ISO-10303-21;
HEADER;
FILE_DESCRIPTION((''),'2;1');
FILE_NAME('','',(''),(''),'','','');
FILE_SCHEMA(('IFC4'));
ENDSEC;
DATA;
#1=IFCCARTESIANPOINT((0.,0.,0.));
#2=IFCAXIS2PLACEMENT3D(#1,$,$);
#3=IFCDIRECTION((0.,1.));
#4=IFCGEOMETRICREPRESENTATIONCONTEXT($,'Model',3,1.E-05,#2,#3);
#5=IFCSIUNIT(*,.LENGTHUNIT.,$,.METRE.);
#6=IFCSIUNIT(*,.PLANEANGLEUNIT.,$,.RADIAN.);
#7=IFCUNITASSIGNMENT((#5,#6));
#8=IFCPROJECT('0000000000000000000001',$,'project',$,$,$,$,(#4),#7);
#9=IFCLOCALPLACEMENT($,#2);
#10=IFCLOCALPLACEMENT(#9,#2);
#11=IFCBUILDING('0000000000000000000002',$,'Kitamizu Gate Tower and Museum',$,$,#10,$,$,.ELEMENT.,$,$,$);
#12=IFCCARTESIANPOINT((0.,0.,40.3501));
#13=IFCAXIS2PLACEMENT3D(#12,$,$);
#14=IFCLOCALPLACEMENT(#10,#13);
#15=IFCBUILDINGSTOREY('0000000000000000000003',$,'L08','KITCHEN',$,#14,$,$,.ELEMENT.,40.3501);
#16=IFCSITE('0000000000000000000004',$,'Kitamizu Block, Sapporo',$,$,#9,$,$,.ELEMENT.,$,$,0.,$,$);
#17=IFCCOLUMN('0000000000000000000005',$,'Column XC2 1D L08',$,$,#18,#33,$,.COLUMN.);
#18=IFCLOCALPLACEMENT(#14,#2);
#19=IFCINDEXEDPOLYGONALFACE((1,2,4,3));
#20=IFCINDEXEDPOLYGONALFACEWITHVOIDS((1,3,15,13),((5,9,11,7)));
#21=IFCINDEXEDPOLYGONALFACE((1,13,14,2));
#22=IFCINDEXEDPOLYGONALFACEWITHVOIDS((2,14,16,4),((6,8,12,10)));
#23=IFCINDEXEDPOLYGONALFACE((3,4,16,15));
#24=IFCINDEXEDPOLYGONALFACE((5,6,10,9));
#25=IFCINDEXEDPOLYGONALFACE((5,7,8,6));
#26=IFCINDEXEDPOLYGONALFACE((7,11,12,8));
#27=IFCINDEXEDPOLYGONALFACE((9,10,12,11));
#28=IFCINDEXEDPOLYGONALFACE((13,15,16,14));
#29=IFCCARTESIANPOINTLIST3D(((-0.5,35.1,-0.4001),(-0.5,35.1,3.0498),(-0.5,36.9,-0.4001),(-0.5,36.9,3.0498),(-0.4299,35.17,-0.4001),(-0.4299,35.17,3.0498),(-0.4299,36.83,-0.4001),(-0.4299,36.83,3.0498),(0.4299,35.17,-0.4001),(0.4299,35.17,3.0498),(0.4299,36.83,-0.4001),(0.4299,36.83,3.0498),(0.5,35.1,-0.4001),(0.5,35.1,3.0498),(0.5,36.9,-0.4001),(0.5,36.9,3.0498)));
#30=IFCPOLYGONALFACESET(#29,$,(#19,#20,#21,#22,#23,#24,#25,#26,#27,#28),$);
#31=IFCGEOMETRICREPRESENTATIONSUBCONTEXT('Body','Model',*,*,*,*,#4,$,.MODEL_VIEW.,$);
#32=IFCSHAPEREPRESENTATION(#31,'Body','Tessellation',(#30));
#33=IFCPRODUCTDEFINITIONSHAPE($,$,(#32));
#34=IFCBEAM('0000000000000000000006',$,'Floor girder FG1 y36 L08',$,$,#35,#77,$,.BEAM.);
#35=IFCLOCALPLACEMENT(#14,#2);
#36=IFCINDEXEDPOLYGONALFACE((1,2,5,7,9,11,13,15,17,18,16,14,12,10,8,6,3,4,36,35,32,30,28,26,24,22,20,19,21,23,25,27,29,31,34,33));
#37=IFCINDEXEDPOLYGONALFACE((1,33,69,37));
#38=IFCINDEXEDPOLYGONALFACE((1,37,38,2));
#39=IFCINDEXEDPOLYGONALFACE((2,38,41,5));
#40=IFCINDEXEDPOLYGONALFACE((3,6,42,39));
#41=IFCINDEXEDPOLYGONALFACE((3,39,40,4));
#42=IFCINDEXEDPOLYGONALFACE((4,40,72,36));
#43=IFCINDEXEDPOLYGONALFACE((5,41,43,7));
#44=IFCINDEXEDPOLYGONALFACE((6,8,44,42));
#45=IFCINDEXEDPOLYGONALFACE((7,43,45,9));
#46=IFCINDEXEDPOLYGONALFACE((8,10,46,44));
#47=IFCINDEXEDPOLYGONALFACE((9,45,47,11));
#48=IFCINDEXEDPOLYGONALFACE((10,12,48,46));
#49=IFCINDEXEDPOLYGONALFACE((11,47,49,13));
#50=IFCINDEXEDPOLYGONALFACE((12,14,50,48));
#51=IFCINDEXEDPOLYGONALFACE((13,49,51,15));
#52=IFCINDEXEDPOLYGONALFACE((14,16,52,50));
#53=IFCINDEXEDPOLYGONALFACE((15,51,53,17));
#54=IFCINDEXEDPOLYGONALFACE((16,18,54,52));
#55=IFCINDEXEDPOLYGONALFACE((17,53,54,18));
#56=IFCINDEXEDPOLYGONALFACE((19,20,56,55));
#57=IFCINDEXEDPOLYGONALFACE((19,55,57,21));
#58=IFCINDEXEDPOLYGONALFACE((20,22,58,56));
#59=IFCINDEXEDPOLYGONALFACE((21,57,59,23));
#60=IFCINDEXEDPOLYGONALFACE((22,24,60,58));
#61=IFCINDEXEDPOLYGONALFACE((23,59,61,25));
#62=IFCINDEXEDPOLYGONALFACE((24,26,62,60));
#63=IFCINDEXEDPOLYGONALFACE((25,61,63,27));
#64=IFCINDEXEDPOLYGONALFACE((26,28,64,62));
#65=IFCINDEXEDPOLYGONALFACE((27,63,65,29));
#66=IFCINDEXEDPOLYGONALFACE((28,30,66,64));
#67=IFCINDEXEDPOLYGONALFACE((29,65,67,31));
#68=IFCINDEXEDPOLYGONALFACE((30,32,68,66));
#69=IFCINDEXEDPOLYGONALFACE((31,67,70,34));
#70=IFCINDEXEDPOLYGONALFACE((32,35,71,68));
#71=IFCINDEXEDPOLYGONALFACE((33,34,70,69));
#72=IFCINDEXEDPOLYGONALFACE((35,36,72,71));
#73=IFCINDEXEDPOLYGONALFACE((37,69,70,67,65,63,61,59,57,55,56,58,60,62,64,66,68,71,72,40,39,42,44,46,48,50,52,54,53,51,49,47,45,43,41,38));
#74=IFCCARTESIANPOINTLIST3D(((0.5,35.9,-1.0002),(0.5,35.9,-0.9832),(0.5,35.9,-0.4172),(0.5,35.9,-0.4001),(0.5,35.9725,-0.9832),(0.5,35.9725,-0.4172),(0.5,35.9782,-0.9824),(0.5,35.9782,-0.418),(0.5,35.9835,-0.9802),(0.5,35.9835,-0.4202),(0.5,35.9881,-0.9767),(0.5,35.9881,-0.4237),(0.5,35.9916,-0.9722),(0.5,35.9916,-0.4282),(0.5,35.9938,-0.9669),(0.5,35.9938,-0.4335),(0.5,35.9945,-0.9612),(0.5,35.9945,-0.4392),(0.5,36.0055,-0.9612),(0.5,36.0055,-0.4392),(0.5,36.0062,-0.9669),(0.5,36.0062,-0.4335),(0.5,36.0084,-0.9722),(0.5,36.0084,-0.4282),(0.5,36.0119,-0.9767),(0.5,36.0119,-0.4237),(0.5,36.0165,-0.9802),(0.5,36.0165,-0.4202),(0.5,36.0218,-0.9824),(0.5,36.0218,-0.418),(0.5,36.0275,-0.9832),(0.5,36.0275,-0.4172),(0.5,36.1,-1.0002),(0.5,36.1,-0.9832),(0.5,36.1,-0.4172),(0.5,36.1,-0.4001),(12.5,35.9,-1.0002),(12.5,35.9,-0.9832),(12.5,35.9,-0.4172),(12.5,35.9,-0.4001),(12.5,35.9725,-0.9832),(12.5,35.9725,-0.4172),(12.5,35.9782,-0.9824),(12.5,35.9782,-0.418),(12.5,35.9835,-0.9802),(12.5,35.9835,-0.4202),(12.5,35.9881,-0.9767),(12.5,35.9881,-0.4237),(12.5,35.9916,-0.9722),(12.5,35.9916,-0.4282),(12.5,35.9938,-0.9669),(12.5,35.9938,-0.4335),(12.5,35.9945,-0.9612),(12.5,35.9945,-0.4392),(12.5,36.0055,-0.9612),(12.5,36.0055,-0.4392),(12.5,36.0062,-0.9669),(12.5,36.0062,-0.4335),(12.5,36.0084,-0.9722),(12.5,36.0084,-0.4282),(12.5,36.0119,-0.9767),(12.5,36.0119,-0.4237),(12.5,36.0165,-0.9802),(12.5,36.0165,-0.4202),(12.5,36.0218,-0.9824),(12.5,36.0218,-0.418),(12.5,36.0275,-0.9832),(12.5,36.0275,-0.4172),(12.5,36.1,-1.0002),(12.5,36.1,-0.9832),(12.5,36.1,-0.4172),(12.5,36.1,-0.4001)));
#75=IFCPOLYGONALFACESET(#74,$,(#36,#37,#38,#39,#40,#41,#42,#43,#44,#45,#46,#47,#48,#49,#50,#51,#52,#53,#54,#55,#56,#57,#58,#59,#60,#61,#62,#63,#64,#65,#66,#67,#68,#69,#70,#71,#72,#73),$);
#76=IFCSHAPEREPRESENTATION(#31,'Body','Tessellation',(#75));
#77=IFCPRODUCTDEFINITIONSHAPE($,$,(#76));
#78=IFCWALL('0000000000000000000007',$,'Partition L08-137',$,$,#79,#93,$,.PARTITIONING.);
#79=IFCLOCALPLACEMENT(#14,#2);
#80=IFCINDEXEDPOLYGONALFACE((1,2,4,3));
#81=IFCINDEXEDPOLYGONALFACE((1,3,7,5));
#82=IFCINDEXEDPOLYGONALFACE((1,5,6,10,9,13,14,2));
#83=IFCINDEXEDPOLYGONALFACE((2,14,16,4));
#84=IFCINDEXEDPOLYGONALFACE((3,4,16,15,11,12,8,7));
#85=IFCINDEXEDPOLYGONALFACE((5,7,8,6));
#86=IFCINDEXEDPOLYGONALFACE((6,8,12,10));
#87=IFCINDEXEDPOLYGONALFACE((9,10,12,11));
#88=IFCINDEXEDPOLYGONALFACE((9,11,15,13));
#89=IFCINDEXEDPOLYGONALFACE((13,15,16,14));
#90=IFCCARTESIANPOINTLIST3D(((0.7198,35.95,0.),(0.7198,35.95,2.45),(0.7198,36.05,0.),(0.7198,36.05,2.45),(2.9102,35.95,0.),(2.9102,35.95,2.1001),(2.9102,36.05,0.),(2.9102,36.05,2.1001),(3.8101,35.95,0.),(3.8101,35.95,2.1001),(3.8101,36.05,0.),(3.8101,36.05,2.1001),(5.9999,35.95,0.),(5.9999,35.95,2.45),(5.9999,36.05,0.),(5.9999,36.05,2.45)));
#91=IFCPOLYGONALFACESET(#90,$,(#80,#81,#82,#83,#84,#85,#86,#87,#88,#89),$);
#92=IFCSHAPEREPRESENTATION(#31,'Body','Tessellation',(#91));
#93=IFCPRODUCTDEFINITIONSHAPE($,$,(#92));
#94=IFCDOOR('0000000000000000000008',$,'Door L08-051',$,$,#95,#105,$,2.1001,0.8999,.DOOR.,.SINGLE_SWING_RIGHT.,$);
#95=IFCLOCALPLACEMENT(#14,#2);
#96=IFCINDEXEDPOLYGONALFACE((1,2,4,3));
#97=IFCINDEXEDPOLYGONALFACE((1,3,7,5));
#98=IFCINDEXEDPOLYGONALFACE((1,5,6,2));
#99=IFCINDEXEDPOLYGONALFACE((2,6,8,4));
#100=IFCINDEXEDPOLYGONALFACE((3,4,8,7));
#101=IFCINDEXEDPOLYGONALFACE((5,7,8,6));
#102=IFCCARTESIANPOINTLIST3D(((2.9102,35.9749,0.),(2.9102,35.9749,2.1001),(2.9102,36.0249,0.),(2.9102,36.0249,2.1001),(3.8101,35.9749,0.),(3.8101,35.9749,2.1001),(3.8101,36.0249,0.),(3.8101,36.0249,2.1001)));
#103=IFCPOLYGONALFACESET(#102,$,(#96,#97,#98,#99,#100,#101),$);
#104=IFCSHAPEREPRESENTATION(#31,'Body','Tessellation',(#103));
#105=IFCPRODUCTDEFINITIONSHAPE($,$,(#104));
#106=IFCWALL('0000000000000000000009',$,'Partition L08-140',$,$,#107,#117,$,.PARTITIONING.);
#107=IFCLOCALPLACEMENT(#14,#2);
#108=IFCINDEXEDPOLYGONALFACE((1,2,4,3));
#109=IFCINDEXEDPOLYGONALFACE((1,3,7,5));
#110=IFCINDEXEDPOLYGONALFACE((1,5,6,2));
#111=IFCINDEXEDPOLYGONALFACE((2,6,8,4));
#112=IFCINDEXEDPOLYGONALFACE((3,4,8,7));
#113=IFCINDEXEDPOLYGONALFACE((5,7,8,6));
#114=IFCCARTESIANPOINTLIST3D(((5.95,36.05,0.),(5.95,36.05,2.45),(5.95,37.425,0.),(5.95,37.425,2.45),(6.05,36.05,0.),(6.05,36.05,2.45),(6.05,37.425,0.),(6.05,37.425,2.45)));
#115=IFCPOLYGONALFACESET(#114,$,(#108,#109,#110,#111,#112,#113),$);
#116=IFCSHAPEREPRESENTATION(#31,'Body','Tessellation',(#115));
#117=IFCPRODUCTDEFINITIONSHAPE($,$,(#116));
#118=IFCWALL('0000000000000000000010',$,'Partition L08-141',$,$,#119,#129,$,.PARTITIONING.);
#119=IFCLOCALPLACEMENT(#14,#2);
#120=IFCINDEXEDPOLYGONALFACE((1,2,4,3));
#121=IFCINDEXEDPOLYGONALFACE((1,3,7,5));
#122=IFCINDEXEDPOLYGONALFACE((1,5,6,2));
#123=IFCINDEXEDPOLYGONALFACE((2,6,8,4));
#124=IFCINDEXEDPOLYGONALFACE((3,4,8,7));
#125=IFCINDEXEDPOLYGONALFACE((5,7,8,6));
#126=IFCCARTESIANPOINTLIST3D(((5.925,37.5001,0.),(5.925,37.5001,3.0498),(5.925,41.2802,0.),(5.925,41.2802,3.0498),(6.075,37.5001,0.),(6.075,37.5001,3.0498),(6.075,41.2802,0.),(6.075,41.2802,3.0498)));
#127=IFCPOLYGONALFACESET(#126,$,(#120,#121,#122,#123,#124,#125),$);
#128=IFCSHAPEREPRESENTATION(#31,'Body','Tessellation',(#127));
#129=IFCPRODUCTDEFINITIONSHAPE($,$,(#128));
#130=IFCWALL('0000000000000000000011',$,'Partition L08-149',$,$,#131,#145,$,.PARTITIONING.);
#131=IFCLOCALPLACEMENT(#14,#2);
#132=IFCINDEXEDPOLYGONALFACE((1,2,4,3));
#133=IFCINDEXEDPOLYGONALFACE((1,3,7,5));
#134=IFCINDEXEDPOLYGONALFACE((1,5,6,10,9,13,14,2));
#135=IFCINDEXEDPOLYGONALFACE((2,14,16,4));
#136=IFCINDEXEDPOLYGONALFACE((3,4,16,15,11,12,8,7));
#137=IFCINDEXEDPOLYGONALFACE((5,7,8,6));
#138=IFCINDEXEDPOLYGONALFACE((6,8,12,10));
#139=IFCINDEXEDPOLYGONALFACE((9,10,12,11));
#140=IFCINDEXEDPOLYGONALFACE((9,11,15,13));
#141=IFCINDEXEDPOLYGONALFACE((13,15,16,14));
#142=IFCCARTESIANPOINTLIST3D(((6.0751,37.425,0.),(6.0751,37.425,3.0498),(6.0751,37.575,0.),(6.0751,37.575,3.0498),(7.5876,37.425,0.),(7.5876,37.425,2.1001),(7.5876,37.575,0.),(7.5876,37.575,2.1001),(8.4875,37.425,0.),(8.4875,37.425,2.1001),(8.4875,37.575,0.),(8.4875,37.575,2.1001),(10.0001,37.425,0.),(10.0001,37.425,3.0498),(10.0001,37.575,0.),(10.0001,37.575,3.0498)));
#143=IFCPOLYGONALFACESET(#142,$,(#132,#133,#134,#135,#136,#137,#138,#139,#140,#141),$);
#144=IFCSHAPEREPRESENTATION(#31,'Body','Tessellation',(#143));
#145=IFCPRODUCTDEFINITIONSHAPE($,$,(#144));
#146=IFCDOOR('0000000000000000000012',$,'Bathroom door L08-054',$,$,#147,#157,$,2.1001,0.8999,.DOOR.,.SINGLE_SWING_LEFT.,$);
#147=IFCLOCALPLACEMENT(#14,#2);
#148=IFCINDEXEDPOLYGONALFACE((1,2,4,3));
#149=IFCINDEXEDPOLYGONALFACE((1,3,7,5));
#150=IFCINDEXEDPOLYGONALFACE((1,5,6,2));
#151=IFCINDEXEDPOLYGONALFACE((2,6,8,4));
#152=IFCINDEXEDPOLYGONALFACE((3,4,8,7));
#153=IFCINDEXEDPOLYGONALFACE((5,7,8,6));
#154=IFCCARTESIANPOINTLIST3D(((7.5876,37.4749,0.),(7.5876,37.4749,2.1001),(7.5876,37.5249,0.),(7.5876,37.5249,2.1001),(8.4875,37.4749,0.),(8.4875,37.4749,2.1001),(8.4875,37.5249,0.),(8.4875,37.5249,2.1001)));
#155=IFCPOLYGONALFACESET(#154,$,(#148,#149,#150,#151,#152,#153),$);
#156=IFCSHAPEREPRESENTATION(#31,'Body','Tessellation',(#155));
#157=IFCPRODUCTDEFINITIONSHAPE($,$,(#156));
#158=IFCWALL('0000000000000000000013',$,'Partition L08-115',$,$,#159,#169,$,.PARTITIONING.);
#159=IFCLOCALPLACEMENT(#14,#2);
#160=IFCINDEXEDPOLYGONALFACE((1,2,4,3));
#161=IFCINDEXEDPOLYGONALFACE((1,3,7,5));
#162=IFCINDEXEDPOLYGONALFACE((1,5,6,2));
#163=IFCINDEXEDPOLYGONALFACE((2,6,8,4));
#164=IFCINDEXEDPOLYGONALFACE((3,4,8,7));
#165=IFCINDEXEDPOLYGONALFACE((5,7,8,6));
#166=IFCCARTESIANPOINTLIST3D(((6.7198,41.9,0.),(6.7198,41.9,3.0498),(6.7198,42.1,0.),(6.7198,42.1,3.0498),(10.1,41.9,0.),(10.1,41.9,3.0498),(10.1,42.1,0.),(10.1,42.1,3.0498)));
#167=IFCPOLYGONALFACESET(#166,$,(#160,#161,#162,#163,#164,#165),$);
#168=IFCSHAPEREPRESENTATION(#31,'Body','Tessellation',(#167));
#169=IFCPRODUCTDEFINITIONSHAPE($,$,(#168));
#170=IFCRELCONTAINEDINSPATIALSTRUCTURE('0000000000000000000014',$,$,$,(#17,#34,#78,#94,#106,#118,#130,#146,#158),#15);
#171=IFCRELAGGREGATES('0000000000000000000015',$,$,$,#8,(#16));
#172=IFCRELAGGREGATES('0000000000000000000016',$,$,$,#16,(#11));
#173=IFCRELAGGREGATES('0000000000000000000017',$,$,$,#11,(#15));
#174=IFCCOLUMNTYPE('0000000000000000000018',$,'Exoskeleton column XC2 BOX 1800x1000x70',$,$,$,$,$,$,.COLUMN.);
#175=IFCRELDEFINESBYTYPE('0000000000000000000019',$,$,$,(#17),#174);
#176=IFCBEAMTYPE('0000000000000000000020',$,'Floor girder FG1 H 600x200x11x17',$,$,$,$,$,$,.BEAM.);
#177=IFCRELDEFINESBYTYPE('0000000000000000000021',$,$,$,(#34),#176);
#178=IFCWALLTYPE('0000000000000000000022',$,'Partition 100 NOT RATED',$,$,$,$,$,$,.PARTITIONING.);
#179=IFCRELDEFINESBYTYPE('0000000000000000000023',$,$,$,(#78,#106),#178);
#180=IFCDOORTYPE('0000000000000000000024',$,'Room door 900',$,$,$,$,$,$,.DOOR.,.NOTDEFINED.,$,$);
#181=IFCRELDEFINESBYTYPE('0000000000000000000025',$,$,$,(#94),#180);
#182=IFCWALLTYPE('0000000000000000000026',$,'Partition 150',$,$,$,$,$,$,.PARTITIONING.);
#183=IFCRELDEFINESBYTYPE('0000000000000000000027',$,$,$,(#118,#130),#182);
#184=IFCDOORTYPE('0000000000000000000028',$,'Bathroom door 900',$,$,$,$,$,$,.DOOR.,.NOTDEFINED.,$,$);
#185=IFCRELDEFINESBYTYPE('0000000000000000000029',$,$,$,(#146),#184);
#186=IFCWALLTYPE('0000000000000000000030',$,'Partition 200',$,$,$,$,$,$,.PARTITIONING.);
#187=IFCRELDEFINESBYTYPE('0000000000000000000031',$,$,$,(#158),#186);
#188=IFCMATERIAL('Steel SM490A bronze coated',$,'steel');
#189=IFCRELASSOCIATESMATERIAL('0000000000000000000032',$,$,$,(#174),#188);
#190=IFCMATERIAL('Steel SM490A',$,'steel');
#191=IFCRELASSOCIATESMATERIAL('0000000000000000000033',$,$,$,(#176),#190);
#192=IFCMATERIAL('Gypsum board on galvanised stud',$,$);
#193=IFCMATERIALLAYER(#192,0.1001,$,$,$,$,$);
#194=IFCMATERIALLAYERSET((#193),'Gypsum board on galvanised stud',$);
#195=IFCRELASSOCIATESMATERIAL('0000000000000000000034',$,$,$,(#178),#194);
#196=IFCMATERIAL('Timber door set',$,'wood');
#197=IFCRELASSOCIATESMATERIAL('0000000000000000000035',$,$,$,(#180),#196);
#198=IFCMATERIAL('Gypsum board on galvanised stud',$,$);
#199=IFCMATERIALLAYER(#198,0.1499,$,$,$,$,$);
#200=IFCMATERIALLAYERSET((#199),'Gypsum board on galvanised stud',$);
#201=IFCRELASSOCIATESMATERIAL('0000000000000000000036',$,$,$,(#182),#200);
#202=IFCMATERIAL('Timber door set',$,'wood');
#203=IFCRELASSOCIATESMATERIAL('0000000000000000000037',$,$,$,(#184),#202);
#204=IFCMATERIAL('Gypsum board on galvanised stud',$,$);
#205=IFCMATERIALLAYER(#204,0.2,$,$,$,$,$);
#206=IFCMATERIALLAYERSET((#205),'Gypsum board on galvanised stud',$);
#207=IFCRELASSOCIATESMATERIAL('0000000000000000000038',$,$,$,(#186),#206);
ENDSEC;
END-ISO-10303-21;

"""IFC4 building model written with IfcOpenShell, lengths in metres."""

from ifc_helpers import new_model, si_unit, direction, frame, frame_2d, origin, origin_2d, place, context, subcontext, project, spatial, rectangle, hollow_rectangle, i_section, extrude, material, layer, layer_set, material_profile, profile_set, type_object, element, fill, save


model = new_model("IFC4")

# Units and contexts
model_context = context("Model", 3, precision=1e-05, world=origin(), true_north=direction((0.0, 1.0)))
body_context = subcontext(model_context, "Body", "Model", "MODEL_VIEW")
ifc_project = project(units=[si_unit("LENGTHUNIT", "METRE"), si_unit("PLANEANGLEUNIT", "RADIAN")], contexts=[model_context])

# Site, building, storey
site_placement = place(None, origin())
site = spatial("IfcSite", under=ifc_project, at=site_placement, Name="Kitamizu Block, Sapporo", CompositionType="ELEMENT", RefElevation=0.0)
building_placement = place(site_placement, origin())
building = spatial("IfcBuilding", under=site, at=building_placement, Name="Kitamizu Gate Tower and Museum", CompositionType="ELEMENT")
storey_placement = place(building_placement, frame((0.0, 0.0, 40.3501)))
storey = spatial("IfcBuildingStorey", under=building, at=storey_placement, Name="L08", Description="KITCHEN", CompositionType="ELEMENT", Elevation=40.3501)

# Column
ifc_material_1 = material(Name="Steel SM490A bronze coated", Category="steel")
ifc_material_profile_1 = material_profile(ifc_material_1, hollow_rectangle(XDim=1.8, YDim=1.0, WallThickness=0.0701, at=origin_2d()), Name="BOX 1800x1000x70")
ifc_profile_set_1 = profile_set([ifc_material_profile_1], Name="Steel SM490A bronze coated")
column_type = type_object("IfcColumnType", Name="Exoskeleton column XC2 BOX 1800x1000x70", PredefinedType="COLUMN", material=ifc_profile_set_1)
column_placement = place(storey_placement, frame((0.0, 36.0, -0.4001), z_axis=(0.0, 0.0, 1.0), x_axis=(0.0, 1.0, 0.0)))
element("IfcColumn", 1, at=column_placement, inside=storey, type_object=column_type, Name="Column XC2 1D L08", PredefinedType="COLUMN", context=body_context, shape_type="SweptSolid", body=[
    extrude(hollow_rectangle(XDim=1.8, YDim=1.0, WallThickness=0.0701, at=origin_2d()), origin(), (0.0, 0.0, 1.0), 3.45),
])

# Beam
ifc_material_2 = material(Name="Steel SM490A", Category="steel")
ifc_material_profile_2 = material_profile(ifc_material_2, i_section(OverallWidth=0.2, OverallDepth=0.6001, WebThickness=0.011, FlangeThickness=0.0171, FilletRadius=0.022, at=origin_2d()), Name="H-600x200x11x17")
ifc_profile_set_2 = profile_set([ifc_material_profile_2], Name="Steel SM490A")
beam_type = type_object("IfcBeamType", Name="Floor girder FG1 H 600x200x11x17", PredefinedType="BEAM", material=ifc_profile_set_2)
beam_placement = place(storey_placement, frame((0.5, 36.0, -0.7002), z_axis=(1.0, 0.0, 0.0), x_axis=(0.0, 1.0, 0.0)))
element("IfcBeam", 2, at=beam_placement, inside=storey, type_object=beam_type, Name="Floor girder FG1 y36 L08", PredefinedType="BEAM", context=body_context, shape_type="SweptSolid", body=[
    extrude(i_section(OverallWidth=0.2, OverallDepth=0.6001, WebThickness=0.011, FlangeThickness=0.0171, FilletRadius=0.022, at=origin_2d()), origin(), (0.0, 0.0, 1.0), 12.0),
])

# Wall, opening, door
ifc_material_3 = material(Name="Gypsum board on galvanised stud")
ifc_layer_1 = layer(ifc_material_3, 0.1001)
ifc_layer_set_1 = layer_set([ifc_layer_1], Name="Gypsum board on galvanised stud")
wall_type_1 = type_object("IfcWallType", Name="Partition 100 NOT RATED", PredefinedType="PARTITIONING", material=ifc_layer_set_1)
wall_1_placement = place(storey_placement, frame((6.0, 36.0, 0.0), z_axis=(0.0, 0.0, 1.0), x_axis=(-1.0, 0.0, 0.0)))
wall_1 = element("IfcWall", 3, at=wall_1_placement, inside=storey, type_object=wall_type_1, Name="Partition L08-137", PredefinedType="PARTITIONING", context=body_context, shape_type="SweptSolid", body=[
    extrude(rectangle(XDim=5.28, YDim=0.1001, at=frame_2d((2.6401, 0.0))), origin(), (0.0, 0.0, 1.0), 2.45),
])
opening_1_placement = place(wall_1_placement, frame((2.1899, 0.0, 0.0)))
opening_1 = element("IfcOpeningElement", 4, at=opening_1_placement, cuts=wall_1, PredefinedType="OPENING", context=body_context, shape_type="SweptSolid", body=[
    extrude(rectangle(XDim=0.8999, YDim=2.1001, at=frame_2d((0.45, 1.05))), frame((0.0, 0.0601, 0.0), z_axis=(0.0, -1.0, 0.0), x_axis=(1.0, 0.0, 0.0)), (0.0, 0.0, 1.0), 0.1201),
])
ifc_material_4 = material(Name="Timber door set", Category="wood")
door_type_1 = type_object("IfcDoorType", Name="Room door 900", OperationType="NOTDEFINED", PredefinedType="DOOR", material=ifc_material_4)
door_1_placement = place(opening_1_placement, frame((0.8999, 0.0, 0.0), x_axis=(-1.0, 0.0, 0.0)))
door_1 = element("IfcDoor", 5, at=door_1_placement, inside=storey, type_object=door_type_1, Name="Door L08-051", OperationType="SINGLE_SWING_RIGHT", OverallHeight=2.1001, OverallWidth=0.8999, PredefinedType="DOOR", context=body_context, shape_type="SweptSolid", body=[
    extrude(rectangle(XDim=0.8999, YDim=2.1001, at=frame_2d((0.45, 1.05))), frame((0.0, 0.0249, 0.0), z_axis=(0.0, -1.0, 0.0), x_axis=(1.0, 0.0, 0.0)), (0.0, 0.0, 1.0), 0.05),
])
fill(opening_1, door_1)

# Walls
wall_2_placement = place(storey_placement, frame((6.0, 36.05, 0.0), z_axis=(0.0, 0.0, 1.0), x_axis=(0.0, 1.0, 0.0)))
element("IfcWall", 6, at=wall_2_placement, inside=storey, type_object=wall_type_1, Name="Partition L08-140", PredefinedType="PARTITIONING", context=body_context, shape_type="SweptSolid", body=[
    extrude(rectangle(XDim=1.375, YDim=0.1001, at=frame_2d((0.6875, 0.0))), origin(), (0.0, 0.0, 1.0), 2.45),
])
ifc_material_5 = material(Name="Gypsum board on galvanised stud")
ifc_layer_2 = layer(ifc_material_5, 0.1499)
ifc_layer_set_2 = layer_set([ifc_layer_2], Name="Gypsum board on galvanised stud")
wall_type_2 = type_object("IfcWallType", Name="Partition 150", PredefinedType="PARTITIONING", material=ifc_layer_set_2)
wall_3_placement = place(storey_placement, frame((6.0, 37.5, 0.0), z_axis=(0.0, 0.0, 1.0), x_axis=(0.0, 1.0, 0.0)))
element("IfcWall", 7, at=wall_3_placement, inside=storey, type_object=wall_type_2, Name="Partition L08-141", PredefinedType="PARTITIONING", context=body_context, shape_type="SweptSolid", body=[
    extrude(rectangle(XDim=3.78, YDim=0.1499, at=frame_2d((1.8901, 0.0))), origin(), (0.0, 0.0, 1.0), 3.0498),
])

# Wall, opening, door
wall_4_placement = place(storey_placement, frame((10.0, 37.5, 0.0), z_axis=(0.0, 0.0, 1.0), x_axis=(-1.0, 0.0, 0.0)))
wall_4 = element("IfcWall", 8, at=wall_4_placement, inside=storey, type_object=wall_type_2, Name="Partition L08-149", PredefinedType="PARTITIONING", context=body_context, shape_type="SweptSolid", body=[
    extrude(rectangle(XDim=3.925, YDim=0.1499, at=frame_2d((1.9624, 0.0))), origin(), (0.0, 0.0, 1.0), 3.0498),
])
opening_2_placement = place(wall_4_placement, frame((1.5125, 0.0, 0.0)))
opening_2 = element("IfcOpeningElement", 9, at=opening_2_placement, cuts=wall_4, PredefinedType="OPENING", context=body_context, shape_type="SweptSolid", body=[
    extrude(rectangle(XDim=0.8999, YDim=2.1001, at=frame_2d((0.45, 1.05))), frame((0.0, 0.085, 0.0), z_axis=(0.0, -1.0, 0.0), x_axis=(1.0, 0.0, 0.0)), (0.0, 0.0, 1.0), 0.1699),
])
ifc_material_6 = material(Name="Timber door set", Category="wood")
door_type_2 = type_object("IfcDoorType", Name="Bathroom door 900", OperationType="NOTDEFINED", PredefinedType="DOOR", material=ifc_material_6)
door_2_placement = place(opening_2_placement, frame((0.8999, 0.0, 0.0), x_axis=(-1.0, 0.0, 0.0)))
door_2 = element("IfcDoor", 10, at=door_2_placement, inside=storey, type_object=door_type_2, Name="Bathroom door L08-054", OperationType="SINGLE_SWING_LEFT", OverallHeight=2.1001, OverallWidth=0.8999, PredefinedType="DOOR", context=body_context, shape_type="SweptSolid", body=[
    extrude(rectangle(XDim=0.8999, YDim=2.1001, at=frame_2d((0.45, 1.05))), frame((0.0, 0.0249, 0.0), z_axis=(0.0, -1.0, 0.0), x_axis=(1.0, 0.0, 0.0)), (0.0, 0.0, 1.0), 0.05),
])
fill(opening_2, door_2)

# Wall
ifc_material_7 = material(Name="Gypsum board on galvanised stud")
ifc_layer_3 = layer(ifc_material_7, 0.2)
ifc_layer_set_3 = layer_set([ifc_layer_3], Name="Gypsum board on galvanised stud")
wall_type_3 = type_object("IfcWallType", Name="Partition 200", PredefinedType="PARTITIONING", material=ifc_layer_set_3)
wall_5_placement = place(storey_placement, frame((6.72, 42.0, 0.0), z_axis=(0.0, 0.0, 1.0), x_axis=(1.0, 0.0, 0.0)))
element("IfcWall", 11, at=wall_5_placement, inside=storey, type_object=wall_type_3, Name="Partition L08-115", PredefinedType="PARTITIONING", context=body_context, shape_type="SweptSolid", body=[
    extrude(rectangle(XDim=3.3801, YDim=0.2, at=frame_2d((1.6899, 0.0))), origin(), (0.0, 0.0, 1.0), 3.0498),
])

save(model, "model.ifc")
